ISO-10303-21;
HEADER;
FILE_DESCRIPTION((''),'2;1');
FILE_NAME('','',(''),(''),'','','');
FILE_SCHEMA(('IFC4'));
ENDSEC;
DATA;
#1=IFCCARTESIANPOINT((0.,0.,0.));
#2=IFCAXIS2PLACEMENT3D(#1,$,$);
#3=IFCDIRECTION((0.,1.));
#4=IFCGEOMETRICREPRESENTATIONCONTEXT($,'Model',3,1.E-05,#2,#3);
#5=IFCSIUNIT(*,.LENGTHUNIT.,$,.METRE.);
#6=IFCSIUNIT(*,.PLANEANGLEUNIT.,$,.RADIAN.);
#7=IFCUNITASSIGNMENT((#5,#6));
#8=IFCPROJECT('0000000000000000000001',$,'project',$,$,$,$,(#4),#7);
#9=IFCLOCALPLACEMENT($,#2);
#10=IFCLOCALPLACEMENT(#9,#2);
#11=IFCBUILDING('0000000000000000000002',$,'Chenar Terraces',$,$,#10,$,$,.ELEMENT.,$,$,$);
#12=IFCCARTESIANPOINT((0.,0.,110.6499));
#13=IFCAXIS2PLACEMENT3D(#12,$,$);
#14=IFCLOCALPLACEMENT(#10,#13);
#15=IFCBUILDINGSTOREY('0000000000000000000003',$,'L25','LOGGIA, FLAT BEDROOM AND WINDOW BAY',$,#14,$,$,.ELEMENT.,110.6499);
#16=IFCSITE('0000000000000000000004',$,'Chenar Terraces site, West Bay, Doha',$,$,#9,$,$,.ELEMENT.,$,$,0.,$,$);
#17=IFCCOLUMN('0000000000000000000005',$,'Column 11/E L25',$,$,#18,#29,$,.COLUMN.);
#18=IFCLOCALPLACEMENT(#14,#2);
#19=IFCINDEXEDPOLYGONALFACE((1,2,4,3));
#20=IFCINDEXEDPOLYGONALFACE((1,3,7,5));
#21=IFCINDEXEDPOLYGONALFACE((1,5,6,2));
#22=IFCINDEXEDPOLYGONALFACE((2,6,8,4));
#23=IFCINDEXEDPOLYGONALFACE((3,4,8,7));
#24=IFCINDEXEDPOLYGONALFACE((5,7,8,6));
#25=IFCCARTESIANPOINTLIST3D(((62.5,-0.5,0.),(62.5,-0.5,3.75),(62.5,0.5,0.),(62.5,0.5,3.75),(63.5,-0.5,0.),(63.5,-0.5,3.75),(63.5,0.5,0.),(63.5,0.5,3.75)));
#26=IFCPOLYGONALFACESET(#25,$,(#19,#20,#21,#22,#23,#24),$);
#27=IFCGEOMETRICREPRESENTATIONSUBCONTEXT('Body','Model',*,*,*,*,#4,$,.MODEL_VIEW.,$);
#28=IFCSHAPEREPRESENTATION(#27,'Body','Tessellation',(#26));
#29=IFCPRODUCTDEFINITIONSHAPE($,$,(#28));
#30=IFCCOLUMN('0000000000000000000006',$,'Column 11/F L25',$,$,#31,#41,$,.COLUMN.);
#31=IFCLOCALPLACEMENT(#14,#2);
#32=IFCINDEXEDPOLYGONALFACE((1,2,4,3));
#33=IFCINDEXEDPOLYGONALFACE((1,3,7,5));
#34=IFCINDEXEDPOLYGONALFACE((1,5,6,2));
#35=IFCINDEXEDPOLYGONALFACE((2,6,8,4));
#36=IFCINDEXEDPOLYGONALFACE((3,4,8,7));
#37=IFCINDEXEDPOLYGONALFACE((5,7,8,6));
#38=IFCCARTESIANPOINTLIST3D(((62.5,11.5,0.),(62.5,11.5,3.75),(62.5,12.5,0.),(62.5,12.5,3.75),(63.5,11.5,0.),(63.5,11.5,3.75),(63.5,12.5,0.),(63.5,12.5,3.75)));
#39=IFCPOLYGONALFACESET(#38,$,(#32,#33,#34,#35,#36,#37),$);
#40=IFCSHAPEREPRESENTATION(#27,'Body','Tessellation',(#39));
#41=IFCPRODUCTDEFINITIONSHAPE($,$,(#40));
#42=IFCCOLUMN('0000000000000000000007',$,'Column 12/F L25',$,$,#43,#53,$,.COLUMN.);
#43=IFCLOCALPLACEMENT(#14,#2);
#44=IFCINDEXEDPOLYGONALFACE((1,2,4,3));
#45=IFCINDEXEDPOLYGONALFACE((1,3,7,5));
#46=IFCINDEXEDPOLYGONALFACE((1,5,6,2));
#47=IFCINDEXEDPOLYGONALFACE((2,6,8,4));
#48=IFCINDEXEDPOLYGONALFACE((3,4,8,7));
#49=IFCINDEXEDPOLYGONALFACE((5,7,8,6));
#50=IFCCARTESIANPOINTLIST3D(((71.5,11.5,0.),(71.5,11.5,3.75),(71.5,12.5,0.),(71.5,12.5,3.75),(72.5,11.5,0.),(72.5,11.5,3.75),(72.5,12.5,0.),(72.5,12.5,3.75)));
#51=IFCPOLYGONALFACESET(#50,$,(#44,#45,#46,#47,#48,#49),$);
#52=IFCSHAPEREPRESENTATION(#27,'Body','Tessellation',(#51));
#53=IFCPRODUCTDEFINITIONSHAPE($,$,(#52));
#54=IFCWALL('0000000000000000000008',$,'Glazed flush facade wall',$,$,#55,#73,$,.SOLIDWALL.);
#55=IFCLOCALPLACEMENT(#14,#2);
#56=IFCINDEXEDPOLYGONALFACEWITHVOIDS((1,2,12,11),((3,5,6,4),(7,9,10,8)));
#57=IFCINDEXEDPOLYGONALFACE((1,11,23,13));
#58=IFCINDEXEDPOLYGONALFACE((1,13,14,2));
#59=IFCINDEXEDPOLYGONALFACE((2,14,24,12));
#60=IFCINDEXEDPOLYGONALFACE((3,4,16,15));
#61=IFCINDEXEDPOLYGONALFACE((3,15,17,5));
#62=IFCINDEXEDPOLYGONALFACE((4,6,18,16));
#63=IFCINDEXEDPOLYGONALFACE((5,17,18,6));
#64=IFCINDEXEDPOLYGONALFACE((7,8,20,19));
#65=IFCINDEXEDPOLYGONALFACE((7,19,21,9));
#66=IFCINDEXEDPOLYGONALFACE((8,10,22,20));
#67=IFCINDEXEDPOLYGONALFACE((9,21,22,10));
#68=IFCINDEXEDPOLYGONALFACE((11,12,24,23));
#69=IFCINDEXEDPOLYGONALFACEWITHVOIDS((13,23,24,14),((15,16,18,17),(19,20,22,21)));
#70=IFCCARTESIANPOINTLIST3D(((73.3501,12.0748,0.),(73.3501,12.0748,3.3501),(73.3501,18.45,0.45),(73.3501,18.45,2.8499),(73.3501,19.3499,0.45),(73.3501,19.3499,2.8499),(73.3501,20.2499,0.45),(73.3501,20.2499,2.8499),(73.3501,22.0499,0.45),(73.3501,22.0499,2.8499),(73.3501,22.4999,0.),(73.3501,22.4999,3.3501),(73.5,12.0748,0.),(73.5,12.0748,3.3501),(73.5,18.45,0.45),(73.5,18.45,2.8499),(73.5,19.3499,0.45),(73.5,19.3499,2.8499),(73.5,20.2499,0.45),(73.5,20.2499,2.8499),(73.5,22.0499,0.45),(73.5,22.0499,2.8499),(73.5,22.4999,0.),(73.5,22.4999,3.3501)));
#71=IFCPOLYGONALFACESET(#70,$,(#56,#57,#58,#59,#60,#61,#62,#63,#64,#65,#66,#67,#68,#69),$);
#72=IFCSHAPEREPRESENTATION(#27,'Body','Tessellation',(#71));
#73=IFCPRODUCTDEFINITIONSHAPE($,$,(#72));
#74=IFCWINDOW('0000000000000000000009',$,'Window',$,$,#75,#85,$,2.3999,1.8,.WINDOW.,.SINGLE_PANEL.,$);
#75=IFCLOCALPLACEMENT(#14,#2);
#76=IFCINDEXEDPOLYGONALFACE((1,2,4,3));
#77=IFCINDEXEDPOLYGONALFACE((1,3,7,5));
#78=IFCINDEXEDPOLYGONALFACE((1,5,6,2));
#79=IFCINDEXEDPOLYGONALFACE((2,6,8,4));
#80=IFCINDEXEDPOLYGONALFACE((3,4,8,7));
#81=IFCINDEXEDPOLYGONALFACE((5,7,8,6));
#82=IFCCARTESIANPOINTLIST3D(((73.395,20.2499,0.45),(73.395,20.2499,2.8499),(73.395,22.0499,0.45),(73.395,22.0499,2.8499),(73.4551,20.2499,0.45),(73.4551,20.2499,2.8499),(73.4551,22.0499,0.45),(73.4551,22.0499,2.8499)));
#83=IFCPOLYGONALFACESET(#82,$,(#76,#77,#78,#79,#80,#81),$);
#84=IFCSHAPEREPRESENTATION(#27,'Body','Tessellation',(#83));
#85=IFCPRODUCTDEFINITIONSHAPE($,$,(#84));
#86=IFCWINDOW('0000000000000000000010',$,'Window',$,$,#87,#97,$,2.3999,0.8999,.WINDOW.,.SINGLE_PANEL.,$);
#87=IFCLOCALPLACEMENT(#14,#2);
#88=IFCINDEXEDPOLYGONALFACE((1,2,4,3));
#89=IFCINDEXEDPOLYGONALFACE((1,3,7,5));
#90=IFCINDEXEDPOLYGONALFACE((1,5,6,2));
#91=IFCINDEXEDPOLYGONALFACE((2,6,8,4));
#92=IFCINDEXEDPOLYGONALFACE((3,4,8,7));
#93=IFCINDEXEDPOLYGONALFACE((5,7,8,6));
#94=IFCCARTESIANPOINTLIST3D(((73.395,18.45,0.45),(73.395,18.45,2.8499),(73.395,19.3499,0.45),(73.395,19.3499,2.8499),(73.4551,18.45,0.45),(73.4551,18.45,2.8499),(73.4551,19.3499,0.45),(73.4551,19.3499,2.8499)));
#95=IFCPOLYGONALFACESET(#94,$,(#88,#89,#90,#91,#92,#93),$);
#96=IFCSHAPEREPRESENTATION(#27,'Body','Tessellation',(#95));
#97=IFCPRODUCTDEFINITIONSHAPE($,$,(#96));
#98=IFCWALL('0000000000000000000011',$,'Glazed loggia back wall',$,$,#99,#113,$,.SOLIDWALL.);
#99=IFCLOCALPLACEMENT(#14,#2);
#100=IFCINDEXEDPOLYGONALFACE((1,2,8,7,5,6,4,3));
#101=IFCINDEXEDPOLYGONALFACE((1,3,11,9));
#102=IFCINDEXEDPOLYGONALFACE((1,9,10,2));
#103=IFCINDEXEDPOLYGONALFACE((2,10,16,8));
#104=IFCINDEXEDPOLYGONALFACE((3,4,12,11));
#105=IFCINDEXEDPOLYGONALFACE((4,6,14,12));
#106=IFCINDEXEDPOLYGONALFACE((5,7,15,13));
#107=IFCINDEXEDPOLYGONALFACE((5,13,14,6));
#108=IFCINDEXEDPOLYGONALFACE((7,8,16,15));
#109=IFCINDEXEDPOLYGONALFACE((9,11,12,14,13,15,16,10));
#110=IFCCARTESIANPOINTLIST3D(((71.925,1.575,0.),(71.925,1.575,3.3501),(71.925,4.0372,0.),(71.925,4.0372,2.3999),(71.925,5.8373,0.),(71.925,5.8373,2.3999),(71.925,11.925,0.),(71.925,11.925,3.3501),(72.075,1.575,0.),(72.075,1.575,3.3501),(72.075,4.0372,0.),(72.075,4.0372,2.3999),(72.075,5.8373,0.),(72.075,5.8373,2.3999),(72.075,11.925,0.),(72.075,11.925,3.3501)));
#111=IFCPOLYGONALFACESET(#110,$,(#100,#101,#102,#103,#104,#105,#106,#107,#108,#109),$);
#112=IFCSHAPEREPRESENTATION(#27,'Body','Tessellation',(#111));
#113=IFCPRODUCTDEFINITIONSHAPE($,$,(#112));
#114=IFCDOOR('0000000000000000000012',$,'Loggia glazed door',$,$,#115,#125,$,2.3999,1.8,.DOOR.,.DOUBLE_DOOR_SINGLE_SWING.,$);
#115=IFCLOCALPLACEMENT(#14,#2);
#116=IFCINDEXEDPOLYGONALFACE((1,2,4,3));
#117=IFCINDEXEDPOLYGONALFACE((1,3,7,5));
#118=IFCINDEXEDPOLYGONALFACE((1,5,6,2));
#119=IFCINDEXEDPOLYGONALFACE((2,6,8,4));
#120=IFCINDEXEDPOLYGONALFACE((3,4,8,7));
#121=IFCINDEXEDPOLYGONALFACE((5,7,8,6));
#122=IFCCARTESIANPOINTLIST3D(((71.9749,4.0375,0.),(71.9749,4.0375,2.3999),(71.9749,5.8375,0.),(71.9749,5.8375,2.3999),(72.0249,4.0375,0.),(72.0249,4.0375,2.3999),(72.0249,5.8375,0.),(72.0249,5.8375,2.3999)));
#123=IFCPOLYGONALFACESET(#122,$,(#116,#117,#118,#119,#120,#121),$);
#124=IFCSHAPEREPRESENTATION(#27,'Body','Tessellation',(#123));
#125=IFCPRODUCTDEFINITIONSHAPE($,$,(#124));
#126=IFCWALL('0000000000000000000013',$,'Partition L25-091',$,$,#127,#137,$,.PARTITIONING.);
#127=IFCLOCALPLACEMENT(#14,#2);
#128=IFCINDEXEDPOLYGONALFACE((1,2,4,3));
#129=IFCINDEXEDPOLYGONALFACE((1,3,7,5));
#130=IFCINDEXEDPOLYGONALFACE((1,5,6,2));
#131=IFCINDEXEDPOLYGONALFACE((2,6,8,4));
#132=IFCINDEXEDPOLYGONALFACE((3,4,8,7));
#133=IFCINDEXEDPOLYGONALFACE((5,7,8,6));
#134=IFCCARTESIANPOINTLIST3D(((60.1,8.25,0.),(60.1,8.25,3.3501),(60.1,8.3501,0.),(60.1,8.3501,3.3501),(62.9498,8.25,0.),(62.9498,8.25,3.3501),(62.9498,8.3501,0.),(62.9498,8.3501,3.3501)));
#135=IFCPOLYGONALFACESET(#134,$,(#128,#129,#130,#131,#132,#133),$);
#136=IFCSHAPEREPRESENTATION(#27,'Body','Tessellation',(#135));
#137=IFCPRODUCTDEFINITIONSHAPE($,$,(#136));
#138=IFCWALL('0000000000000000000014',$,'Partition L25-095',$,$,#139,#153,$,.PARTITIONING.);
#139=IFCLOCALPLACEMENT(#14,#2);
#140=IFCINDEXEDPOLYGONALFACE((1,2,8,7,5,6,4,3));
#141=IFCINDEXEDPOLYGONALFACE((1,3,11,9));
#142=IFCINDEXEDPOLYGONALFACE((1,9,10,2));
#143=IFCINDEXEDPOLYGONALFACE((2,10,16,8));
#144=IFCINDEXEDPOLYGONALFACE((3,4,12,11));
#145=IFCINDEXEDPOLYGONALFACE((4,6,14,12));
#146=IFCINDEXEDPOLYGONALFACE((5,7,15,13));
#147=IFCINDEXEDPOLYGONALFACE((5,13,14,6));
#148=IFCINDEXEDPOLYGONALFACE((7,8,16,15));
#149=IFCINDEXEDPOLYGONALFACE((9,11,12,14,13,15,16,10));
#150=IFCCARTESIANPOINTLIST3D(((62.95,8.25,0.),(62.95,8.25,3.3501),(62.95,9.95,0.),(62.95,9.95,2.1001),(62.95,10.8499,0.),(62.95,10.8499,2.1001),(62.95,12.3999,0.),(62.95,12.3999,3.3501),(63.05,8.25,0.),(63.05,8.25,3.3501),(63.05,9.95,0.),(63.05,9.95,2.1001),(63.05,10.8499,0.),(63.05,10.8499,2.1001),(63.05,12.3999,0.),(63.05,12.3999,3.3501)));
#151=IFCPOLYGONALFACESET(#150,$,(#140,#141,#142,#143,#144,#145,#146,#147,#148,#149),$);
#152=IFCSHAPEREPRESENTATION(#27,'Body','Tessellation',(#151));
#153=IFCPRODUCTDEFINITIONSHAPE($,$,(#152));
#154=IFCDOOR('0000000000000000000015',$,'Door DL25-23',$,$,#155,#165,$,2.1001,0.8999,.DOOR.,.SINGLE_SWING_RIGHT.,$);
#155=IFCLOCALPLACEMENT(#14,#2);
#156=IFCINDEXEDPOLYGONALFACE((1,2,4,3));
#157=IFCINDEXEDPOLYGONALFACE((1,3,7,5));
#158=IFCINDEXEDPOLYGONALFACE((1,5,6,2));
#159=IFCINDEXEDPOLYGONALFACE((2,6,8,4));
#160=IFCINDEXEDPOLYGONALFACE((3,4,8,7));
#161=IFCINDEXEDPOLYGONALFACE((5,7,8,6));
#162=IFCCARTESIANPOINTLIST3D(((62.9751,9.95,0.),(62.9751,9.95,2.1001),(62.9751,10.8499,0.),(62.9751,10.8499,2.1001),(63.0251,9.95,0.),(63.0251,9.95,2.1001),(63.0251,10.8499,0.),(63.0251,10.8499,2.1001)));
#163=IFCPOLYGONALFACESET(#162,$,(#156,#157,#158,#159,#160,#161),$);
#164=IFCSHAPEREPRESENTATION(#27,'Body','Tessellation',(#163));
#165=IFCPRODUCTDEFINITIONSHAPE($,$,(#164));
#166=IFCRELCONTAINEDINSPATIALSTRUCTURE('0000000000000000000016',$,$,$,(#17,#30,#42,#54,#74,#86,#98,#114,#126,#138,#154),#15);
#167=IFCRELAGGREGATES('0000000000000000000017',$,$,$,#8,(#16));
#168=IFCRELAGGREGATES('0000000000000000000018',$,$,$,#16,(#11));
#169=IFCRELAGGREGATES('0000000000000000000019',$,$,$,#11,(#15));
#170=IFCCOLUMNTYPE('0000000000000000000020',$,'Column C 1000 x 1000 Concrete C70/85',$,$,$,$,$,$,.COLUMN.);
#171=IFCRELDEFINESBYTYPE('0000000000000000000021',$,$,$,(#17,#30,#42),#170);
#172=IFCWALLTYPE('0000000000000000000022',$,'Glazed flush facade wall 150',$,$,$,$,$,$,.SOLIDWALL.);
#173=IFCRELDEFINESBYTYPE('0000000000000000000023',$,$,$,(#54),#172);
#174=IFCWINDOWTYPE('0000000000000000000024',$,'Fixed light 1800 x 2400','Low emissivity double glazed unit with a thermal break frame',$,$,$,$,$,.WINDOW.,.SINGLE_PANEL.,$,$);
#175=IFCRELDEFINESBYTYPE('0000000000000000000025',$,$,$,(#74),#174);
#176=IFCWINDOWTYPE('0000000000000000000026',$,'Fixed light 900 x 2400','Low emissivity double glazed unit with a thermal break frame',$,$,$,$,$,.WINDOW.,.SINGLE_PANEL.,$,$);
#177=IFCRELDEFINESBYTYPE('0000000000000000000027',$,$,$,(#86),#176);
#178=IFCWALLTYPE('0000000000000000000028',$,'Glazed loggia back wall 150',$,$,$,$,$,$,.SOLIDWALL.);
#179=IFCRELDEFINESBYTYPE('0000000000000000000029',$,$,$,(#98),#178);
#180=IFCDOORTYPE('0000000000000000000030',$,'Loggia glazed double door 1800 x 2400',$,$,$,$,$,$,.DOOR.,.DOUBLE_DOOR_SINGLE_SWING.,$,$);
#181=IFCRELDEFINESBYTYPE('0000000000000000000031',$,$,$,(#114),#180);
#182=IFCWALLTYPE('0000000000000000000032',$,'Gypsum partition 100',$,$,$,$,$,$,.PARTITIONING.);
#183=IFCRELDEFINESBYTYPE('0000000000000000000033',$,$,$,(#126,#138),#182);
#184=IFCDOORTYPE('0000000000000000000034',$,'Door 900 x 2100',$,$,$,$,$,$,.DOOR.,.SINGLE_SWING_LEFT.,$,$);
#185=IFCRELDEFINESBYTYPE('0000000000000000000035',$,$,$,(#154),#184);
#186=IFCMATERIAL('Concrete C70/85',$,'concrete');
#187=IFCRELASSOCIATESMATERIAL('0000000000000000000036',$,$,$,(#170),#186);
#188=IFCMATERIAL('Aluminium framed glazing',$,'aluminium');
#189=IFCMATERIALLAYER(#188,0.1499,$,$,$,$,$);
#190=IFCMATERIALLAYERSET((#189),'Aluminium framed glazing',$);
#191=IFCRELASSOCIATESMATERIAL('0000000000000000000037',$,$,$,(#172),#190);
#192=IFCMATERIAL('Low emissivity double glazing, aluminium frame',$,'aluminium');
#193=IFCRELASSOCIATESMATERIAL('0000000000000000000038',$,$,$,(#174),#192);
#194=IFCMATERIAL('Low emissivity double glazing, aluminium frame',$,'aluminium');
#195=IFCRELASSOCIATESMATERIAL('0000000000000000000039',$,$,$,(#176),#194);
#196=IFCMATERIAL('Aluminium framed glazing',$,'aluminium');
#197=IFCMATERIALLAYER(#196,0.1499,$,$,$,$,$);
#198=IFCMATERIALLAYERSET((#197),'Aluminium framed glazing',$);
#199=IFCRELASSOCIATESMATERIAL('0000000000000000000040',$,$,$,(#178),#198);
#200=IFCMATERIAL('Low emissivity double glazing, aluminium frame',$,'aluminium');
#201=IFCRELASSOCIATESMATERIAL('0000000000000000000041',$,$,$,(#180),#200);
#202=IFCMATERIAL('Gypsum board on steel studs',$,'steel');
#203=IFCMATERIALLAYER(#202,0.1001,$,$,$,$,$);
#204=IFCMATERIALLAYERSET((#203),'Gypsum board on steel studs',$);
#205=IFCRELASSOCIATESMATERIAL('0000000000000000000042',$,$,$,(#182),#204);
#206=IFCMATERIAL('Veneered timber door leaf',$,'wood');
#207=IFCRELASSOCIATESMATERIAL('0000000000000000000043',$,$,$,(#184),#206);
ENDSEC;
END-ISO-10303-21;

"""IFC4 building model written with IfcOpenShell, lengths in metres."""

from ifc_helpers import new_model, si_unit, direction, frame, frame_2d, origin, origin_2d, place, context, subcontext, project, spatial, rectangle, extrude, material, layer, layer_set, material_profile, profile_set, type_object, element, fill, save


model = new_model("IFC4")

# Units and contexts
model_context = context("Model", 3, precision=1e-05, world=origin(), true_north=direction((0.0, 1.0)))
body_context = subcontext(model_context, "Body", "Model", "MODEL_VIEW")
ifc_project = project(units=[si_unit("LENGTHUNIT", "METRE"), si_unit("PLANEANGLEUNIT", "RADIAN")], contexts=[model_context])

# Site, building, storey
site_placement = place(None, origin())
site = spatial("IfcSite", under=ifc_project, at=site_placement, Name="Chenar Terraces site, West Bay, Doha", CompositionType="ELEMENT", RefElevation=0.0)
building_placement = place(site_placement, origin())
building = spatial("IfcBuilding", under=site, at=building_placement, Name="Chenar Terraces", CompositionType="ELEMENT")
storey_placement = place(building_placement, frame((0.0, 0.0, 110.6499)))
storey = spatial("IfcBuildingStorey", under=building, at=storey_placement, Name="L25", Description="LOGGIA, FLAT BEDROOM AND WINDOW BAY", CompositionType="ELEMENT", Elevation=110.6499)

# Columns
ifc_material_1 = material(Name="Concrete C70/85", Category="concrete")
ifc_material_profile = material_profile(ifc_material_1, rectangle(XDim=1.0, YDim=1.0, at=origin_2d()), Name="C 1000 x 1000")
ifc_profile_set = profile_set([ifc_material_profile], Name="Concrete C70/85")
column_type = type_object("IfcColumnType", Name="Column C 1000 x 1000 Concrete C70/85", PredefinedType="COLUMN", material=ifc_profile_set)
for number, where, z_axis, x_axis, name in (
    (1, (63.0, 0.0, 0.0), (0.0, 0.0, 1.0), (1.0, 0.0, 0.0), "Column 11/E L25"),
    (2, (63.0, 12.0, 0.0), (0.0, 0.0, 1.0), (1.0, 0.0, 0.0), "Column 11/F L25"),
    (3, (72.0, 12.0, 0.0), (0.0, 0.0, 1.0), (1.0, 0.0, 0.0), "Column 12/F L25"),
):
    element("IfcColumn", number, at=place(storey_placement, frame(where, z_axis=z_axis, x_axis=x_axis)), inside=storey, type_object=column_type, Name=name, PredefinedType="COLUMN", context=body_context, shape_type="SweptSolid", body=[
        extrude(rectangle(XDim=1.0, YDim=1.0, at=origin_2d()), origin(), (0.0, 0.0, 1.0), 3.75),
    ])

# Wall, openings, windows
ifc_material_2 = material(Name="Aluminium framed glazing", Category="aluminium")
ifc_layer_1 = layer(ifc_material_2, 0.1499)
ifc_layer_set_1 = layer_set([ifc_layer_1], Name="Aluminium framed glazing")
wall_type_1 = type_object("IfcWallType", Name="Glazed flush facade wall 150", PredefinedType="SOLIDWALL", material=ifc_layer_set_1)
wall_1_placement = place(storey_placement, frame((73.425, 12.075, 0.0), z_axis=(0.0, 0.0, 1.0), x_axis=(0.0, 1.0, 0.0)))
wall_1 = element("IfcWall", 4, at=wall_1_placement, inside=storey, type_object=wall_type_1, Name="Glazed flush facade wall", PredefinedType="SOLIDWALL", context=body_context, shape_type="SweptSolid", body=[
    extrude(rectangle(XDim=10.425, YDim=0.1499, at=frame_2d((5.2124, 0.0))), origin(), (0.0, 0.0, 1.0), 3.3501),
])
opening_1_placement = place(wall_1_placement, frame((6.375, 0.0, 0.45)))
opening_1 = element("IfcOpeningElement", 5, at=opening_1_placement, cuts=wall_1, PredefinedType="OPENING", context=body_context, shape_type="SweptSolid", body=[
    extrude(rectangle(XDim=0.8999, YDim=2.3999, at=frame_2d((0.45, 1.2))), frame((0.0, 0.085, 0.0), z_axis=(0.0, -1.0, 0.0), x_axis=(1.0, 0.0, 0.0)), (0.0, 0.0, 1.0), 0.1699),
])
opening_2_placement = place(wall_1_placement, frame((8.175, 0.0, 0.45)))
opening_2 = element("IfcOpeningElement", 6, at=opening_2_placement, cuts=wall_1, PredefinedType="OPENING", context=body_context, shape_type="SweptSolid", body=[
    extrude(rectangle(XDim=1.8, YDim=2.3999, at=frame_2d((0.8999, 1.2))), frame((0.0, 0.085, 0.0), z_axis=(0.0, -1.0, 0.0), x_axis=(1.0, 0.0, 0.0)), (0.0, 0.0, 1.0), 0.1699),
])
ifc_material_3 = material(Name="Low emissivity double glazing, aluminium frame", Category="aluminium")
window_type_1 = type_object("IfcWindowType", Name="Fixed light 1800 x 2400", Description="Low emissivity double glazed unit with a thermal break frame", PartitioningType="SINGLE_PANEL", PredefinedType="WINDOW", material=ifc_material_3)
window_1_placement = place(opening_2_placement, origin())
window_1 = element("IfcWindow", 7, at=window_1_placement, inside=storey, type_object=window_type_1, Name="Window", OverallHeight=2.3999, OverallWidth=1.8, PartitioningType="SINGLE_PANEL", PredefinedType="WINDOW", context=body_context, shape_type="SweptSolid", body=[
    extrude(rectangle(XDim=1.8, YDim=2.3999, at=frame_2d((0.8999, 1.2))), frame((0.0, 0.03, 0.0), z_axis=(0.0, -1.0, 0.0), x_axis=(1.0, 0.0, 0.0)), (0.0, 0.0, 1.0), 0.0601),
])
fill(opening_2, window_1)
ifc_material_4 = material(Name="Low emissivity double glazing, aluminium frame", Category="aluminium")
window_type_2 = type_object("IfcWindowType", Name="Fixed light 900 x 2400", Description="Low emissivity double glazed unit with a thermal break frame", PartitioningType="SINGLE_PANEL", PredefinedType="WINDOW", material=ifc_material_4)
window_2_placement = place(opening_1_placement, origin())
window_2 = element("IfcWindow", 8, at=window_2_placement, inside=storey, type_object=window_type_2, Name="Window", OverallHeight=2.3999, OverallWidth=0.8999, PartitioningType="SINGLE_PANEL", PredefinedType="WINDOW", context=body_context, shape_type="SweptSolid", body=[
    extrude(rectangle(XDim=0.8999, YDim=2.3999, at=frame_2d((0.45, 1.2))), frame((0.0, 0.03, 0.0), z_axis=(0.0, -1.0, 0.0), x_axis=(1.0, 0.0, 0.0)), (0.0, 0.0, 1.0), 0.0601),
])
fill(opening_1, window_2)

# Wall, opening, door
ifc_material_5 = material(Name="Aluminium framed glazing", Category="aluminium")
ifc_layer_2 = layer(ifc_material_5, 0.1499)
ifc_layer_set_2 = layer_set([ifc_layer_2], Name="Aluminium framed glazing")
wall_type_2 = type_object("IfcWallType", Name="Glazed loggia back wall 150", PredefinedType="SOLIDWALL", material=ifc_layer_set_2)
wall_2_placement = place(storey_placement, frame((72.0, 1.575, 0.0), z_axis=(0.0, 0.0, 1.0), x_axis=(0.0, 1.0, 0.0)))
wall_2 = element("IfcWall", 9, at=wall_2_placement, inside=storey, type_object=wall_type_2, Name="Glazed loggia back wall", PredefinedType="SOLIDWALL", context=body_context, shape_type="SweptSolid", body=[
    extrude(rectangle(XDim=10.3501, YDim=0.1499, at=frame_2d((5.175, 0.0))), origin(), (0.0, 0.0, 1.0), 3.3501),
])
opening_3_placement = place(wall_2_placement, frame((2.4624, 0.0, 0.0)))
opening_3 = element("IfcOpeningElement", 10, at=opening_3_placement, cuts=wall_2, PredefinedType="OPENING", context=body_context, shape_type="SweptSolid", body=[
    extrude(rectangle(XDim=1.8, YDim=2.3999, at=frame_2d((0.8999, 1.2))), frame((0.0, 0.085, 0.0), z_axis=(0.0, -1.0, 0.0), x_axis=(1.0, 0.0, 0.0)), (0.0, 0.0, 1.0), 0.1699),
])
ifc_material_6 = material(Name="Low emissivity double glazing, aluminium frame", Category="aluminium")
door_type_1 = type_object("IfcDoorType", Name="Loggia glazed double door 1800 x 2400", OperationType="DOUBLE_DOOR_SINGLE_SWING", PredefinedType="DOOR", material=ifc_material_6)
door_1_placement = place(opening_3_placement, frame((1.8, 0.0, 0.0), z_axis=(0.0, 0.0, 1.0), x_axis=(-1.0, 0.0, 0.0)))
door_1 = element("IfcDoor", 11, at=door_1_placement, inside=storey, type_object=door_type_1, Name="Loggia glazed door", OperationType="DOUBLE_DOOR_SINGLE_SWING", OverallHeight=2.3999, OverallWidth=1.8, PredefinedType="DOOR", context=body_context, shape_type="SweptSolid", body=[
    extrude(rectangle(XDim=1.8, YDim=2.3999, at=frame_2d((0.8999, 1.2))), frame((0.0, 0.0249, 0.0), z_axis=(0.0, -1.0, 0.0), x_axis=(1.0, 0.0, 0.0)), (0.0, 0.0, 1.0), 0.05),
])
fill(opening_3, door_1)

# Wall
ifc_material_7 = material(Name="Gypsum board on steel studs", Category="steel")
ifc_layer_3 = layer(ifc_material_7, 0.1001)
ifc_layer_set_3 = layer_set([ifc_layer_3], Name="Gypsum board on steel studs")
wall_type_3 = type_object("IfcWallType", Name="Gypsum partition 100", PredefinedType="PARTITIONING", material=ifc_layer_set_3)
wall_3_placement = place(storey_placement, frame((60.1001, 8.3, 0.0), z_axis=(0.0, 0.0, 1.0), x_axis=(1.0, 0.0, 0.0)))
element("IfcWall", 12, at=wall_3_placement, inside=storey, type_object=wall_type_3, Name="Partition L25-091", PredefinedType="PARTITIONING", context=body_context, shape_type="SweptSolid", body=[
    extrude(rectangle(XDim=2.8499, YDim=0.1001, at=frame_2d((1.4248, 0.0))), origin(), (0.0, 0.0, 1.0), 3.3501),
])

# Wall, opening, door
wall_4_placement = place(storey_placement, frame((63.0, 8.25, 0.0), z_axis=(0.0, 0.0, 1.0), x_axis=(0.0, 1.0, 0.0)))
wall_4 = element("IfcWall", 13, at=wall_4_placement, inside=storey, type_object=wall_type_3, Name="Partition L25-095", PredefinedType="PARTITIONING", context=body_context, shape_type="SweptSolid", body=[
    extrude(rectangle(XDim=4.1499, YDim=0.1001, at=frame_2d((2.075, 0.0))), origin(), (0.0, 0.0, 1.0), 3.3501),
])
opening_4_placement = place(wall_4_placement, frame((1.7, 0.0, 0.0)))
opening_4 = element("IfcOpeningElement", 14, at=opening_4_placement, cuts=wall_4, PredefinedType="OPENING", context=body_context, shape_type="SweptSolid", body=[
    extrude(rectangle(XDim=0.8999, YDim=2.1001, at=frame_2d((0.45, 1.05))), frame((0.0, 0.0601, 0.0), z_axis=(0.0, -1.0, 0.0), x_axis=(1.0, 0.0, 0.0)), (0.0, 0.0, 1.0), 0.1201),
])
ifc_material_8 = material(Name="Veneered timber door leaf", Category="wood")
door_type_2 = type_object("IfcDoorType", Name="Door 900 x 2100", OperationType="SINGLE_SWING_LEFT", PredefinedType="DOOR", material=ifc_material_8)
door_2_placement = place(opening_4_placement, origin())
door_2 = element("IfcDoor", 15, at=door_2_placement, inside=storey, type_object=door_type_2, Name="Door DL25-23", OperationType="SINGLE_SWING_RIGHT", OverallHeight=2.1001, OverallWidth=0.8999, PredefinedType="DOOR", context=body_context, shape_type="SweptSolid", body=[
    extrude(rectangle(XDim=0.8999, YDim=2.1001, at=frame_2d((0.45, 1.05))), frame((0.0, 0.0249, 0.0), z_axis=(0.0, -1.0, 0.0), x_axis=(1.0, 0.0, 0.0)), (0.0, 0.0, 1.0), 0.05),
])
fill(opening_4, door_2)

save(model, "model.ifc")
